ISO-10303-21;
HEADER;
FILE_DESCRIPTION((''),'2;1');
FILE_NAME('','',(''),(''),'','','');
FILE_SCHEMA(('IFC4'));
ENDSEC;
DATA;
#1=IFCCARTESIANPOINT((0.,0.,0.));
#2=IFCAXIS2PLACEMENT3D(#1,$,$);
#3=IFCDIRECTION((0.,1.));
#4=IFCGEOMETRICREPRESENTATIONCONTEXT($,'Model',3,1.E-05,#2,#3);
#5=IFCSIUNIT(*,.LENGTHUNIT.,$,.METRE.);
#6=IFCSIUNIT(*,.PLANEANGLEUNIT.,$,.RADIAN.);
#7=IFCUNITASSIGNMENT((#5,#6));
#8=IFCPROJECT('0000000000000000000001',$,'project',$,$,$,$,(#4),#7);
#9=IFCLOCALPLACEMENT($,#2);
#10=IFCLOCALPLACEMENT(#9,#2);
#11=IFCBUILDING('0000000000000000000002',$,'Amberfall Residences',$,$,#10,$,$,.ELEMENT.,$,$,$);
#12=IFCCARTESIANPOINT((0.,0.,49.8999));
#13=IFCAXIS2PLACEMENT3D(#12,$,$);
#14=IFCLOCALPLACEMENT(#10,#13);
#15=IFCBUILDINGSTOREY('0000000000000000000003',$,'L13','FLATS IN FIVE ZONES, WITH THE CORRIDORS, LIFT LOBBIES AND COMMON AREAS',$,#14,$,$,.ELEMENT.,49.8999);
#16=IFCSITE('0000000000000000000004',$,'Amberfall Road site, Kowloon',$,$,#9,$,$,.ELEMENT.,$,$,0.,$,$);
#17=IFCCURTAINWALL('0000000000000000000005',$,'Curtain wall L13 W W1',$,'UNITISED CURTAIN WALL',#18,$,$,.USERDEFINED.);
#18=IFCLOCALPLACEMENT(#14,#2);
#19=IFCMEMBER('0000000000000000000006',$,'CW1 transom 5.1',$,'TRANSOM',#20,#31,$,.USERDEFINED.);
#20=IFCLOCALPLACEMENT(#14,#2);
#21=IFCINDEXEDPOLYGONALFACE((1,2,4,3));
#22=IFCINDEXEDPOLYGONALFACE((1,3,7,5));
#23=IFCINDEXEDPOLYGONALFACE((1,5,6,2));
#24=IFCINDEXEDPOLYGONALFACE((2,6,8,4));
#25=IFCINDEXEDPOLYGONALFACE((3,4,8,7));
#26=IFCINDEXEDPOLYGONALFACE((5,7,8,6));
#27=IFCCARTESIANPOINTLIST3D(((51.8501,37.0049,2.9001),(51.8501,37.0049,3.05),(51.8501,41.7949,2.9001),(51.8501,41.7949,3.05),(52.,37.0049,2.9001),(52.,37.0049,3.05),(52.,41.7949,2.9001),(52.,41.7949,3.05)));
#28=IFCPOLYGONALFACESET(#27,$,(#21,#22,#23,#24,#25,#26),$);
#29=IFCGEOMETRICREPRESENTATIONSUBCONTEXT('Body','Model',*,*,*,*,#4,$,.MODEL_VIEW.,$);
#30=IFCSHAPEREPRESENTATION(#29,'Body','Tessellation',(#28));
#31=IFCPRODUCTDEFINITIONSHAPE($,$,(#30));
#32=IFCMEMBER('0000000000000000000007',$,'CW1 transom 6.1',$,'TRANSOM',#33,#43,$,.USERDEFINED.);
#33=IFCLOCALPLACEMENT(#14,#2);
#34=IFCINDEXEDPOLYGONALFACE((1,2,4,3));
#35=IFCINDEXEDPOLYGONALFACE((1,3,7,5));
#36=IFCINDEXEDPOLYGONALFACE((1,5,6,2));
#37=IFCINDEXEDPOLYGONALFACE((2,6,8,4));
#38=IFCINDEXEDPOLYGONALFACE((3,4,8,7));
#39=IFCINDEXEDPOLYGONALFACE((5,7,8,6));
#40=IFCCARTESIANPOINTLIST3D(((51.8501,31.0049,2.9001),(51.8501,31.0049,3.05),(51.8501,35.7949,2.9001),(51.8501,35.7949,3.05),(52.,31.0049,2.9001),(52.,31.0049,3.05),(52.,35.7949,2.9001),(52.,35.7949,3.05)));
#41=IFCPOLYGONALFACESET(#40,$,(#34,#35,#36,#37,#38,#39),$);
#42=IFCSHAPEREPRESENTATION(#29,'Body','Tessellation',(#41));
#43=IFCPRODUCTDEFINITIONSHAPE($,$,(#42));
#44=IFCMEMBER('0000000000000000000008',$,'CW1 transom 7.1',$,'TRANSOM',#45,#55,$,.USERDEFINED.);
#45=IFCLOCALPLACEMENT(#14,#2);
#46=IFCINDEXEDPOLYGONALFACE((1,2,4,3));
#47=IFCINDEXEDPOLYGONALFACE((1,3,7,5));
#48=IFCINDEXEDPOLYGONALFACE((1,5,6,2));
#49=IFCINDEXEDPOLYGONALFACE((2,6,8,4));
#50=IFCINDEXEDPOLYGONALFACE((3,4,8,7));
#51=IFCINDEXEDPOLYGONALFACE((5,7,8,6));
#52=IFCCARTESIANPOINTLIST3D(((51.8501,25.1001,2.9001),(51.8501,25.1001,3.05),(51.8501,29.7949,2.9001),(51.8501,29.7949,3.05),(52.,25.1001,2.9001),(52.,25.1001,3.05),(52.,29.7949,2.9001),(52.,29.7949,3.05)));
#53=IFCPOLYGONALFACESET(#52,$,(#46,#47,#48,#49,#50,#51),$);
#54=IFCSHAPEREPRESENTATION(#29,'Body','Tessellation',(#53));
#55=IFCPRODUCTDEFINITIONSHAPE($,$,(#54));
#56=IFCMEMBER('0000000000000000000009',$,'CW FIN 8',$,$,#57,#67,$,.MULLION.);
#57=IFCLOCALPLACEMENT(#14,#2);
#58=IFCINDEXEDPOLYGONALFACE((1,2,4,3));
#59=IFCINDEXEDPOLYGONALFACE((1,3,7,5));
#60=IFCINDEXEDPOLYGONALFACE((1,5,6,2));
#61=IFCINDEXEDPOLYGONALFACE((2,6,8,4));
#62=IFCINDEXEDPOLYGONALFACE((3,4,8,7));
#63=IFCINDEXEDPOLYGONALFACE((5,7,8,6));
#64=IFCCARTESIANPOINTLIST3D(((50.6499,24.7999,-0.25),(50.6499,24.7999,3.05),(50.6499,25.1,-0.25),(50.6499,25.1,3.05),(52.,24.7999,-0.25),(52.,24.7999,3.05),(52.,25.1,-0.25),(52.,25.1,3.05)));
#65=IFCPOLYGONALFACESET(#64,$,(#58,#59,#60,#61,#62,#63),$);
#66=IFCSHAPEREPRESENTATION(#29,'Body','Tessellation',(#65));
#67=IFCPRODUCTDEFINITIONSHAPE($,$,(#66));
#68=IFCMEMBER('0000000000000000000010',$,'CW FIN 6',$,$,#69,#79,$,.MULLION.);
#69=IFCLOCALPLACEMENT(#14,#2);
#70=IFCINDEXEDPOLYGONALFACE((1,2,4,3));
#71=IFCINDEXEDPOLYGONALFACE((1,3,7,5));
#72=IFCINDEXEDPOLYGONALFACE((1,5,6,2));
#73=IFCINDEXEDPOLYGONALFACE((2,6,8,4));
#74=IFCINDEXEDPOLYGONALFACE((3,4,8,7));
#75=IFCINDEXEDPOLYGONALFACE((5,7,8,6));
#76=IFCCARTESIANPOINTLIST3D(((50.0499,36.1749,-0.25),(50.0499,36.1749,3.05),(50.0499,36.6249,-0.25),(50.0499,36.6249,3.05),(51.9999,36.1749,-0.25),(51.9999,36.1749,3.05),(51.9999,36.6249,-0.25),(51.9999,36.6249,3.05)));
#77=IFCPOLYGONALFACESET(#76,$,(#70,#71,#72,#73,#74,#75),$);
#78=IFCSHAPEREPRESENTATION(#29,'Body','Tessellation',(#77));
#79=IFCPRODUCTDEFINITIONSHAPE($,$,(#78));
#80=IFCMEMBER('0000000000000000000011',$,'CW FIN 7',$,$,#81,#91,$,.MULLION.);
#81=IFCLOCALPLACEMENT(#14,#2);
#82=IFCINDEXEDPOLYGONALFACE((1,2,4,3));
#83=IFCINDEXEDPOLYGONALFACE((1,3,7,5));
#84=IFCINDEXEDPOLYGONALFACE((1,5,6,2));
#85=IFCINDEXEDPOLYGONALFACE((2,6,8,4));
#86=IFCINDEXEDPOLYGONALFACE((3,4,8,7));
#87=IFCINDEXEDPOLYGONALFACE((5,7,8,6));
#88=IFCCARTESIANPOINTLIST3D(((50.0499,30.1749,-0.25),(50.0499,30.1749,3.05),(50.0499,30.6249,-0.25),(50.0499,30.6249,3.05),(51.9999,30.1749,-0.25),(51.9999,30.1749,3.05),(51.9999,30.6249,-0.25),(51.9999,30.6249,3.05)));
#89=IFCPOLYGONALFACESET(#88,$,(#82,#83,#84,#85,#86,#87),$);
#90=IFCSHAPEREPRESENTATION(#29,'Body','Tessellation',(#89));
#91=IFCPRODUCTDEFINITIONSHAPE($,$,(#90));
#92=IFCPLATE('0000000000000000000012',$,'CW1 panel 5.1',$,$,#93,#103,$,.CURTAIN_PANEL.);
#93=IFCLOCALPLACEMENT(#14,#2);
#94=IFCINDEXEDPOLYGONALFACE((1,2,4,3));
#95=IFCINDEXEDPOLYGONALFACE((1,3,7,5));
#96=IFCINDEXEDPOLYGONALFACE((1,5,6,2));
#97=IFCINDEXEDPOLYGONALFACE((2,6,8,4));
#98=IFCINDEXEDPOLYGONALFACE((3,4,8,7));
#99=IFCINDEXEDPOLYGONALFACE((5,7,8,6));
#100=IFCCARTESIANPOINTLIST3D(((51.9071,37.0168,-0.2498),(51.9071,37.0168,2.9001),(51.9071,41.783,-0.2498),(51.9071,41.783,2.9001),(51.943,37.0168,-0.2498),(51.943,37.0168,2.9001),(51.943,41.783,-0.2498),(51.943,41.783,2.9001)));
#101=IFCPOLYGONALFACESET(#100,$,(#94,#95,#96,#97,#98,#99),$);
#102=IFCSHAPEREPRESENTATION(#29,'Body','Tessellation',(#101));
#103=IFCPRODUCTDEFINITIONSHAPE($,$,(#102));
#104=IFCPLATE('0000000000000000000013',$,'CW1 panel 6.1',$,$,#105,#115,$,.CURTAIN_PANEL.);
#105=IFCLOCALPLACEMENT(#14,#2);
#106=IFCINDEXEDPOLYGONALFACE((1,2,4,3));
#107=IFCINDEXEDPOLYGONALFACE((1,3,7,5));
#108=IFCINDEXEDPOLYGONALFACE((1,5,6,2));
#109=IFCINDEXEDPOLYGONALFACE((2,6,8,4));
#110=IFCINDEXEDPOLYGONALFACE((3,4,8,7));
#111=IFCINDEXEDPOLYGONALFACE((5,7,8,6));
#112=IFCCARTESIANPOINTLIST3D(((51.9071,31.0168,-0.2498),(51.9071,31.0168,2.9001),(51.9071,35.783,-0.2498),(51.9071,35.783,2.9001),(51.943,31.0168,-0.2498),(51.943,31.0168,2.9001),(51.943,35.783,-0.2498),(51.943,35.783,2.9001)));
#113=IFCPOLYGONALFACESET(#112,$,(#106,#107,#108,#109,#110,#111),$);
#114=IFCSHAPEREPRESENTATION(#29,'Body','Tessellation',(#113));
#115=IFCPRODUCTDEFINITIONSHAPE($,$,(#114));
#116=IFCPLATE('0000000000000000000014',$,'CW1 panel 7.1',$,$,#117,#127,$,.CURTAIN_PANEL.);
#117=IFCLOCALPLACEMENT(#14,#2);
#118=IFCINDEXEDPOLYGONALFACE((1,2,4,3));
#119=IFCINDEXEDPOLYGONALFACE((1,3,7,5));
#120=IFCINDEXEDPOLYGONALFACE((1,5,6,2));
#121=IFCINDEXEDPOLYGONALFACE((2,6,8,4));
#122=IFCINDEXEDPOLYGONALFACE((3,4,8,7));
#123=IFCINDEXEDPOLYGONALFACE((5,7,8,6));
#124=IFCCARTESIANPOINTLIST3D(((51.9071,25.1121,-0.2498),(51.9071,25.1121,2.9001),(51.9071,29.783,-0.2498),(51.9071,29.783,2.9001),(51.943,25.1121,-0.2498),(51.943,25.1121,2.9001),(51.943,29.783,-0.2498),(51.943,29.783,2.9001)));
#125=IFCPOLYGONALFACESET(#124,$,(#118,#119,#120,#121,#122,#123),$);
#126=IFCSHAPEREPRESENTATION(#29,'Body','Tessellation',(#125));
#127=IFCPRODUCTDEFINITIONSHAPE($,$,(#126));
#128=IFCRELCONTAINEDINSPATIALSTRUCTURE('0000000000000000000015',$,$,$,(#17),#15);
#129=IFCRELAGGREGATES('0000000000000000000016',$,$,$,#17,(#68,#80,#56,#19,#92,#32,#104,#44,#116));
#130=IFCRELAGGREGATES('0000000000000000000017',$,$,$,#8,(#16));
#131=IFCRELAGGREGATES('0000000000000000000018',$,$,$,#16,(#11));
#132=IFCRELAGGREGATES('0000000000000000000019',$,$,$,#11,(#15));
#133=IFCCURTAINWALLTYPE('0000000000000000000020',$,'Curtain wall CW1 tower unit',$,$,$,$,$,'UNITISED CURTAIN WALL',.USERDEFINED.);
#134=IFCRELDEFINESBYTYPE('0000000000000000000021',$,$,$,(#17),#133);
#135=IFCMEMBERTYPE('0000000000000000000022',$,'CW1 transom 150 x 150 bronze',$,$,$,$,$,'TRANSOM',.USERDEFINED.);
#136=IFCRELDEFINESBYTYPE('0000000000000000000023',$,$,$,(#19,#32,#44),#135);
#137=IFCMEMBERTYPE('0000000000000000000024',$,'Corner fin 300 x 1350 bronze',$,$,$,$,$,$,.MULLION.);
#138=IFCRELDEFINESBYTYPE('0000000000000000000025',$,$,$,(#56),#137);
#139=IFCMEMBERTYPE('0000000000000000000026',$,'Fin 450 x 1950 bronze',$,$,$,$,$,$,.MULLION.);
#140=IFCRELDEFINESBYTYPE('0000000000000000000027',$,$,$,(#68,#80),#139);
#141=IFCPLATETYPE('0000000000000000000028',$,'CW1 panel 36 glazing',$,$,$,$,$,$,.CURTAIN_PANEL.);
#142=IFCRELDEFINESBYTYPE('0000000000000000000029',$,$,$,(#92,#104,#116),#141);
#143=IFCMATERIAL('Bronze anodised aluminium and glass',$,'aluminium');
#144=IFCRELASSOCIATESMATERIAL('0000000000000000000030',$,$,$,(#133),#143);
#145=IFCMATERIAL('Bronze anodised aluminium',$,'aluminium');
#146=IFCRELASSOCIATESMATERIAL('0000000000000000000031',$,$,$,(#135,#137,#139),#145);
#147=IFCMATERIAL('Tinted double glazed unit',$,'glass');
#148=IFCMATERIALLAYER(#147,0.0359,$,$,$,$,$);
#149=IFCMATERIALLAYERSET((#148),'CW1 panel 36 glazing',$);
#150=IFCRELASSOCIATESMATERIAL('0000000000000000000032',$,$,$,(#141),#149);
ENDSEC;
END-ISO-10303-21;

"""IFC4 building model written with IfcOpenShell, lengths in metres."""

from ifc_helpers import new_model, si_unit, direction, frame, origin, origin_2d, place, context, subcontext, project, spatial, rectangle, extrude, material, layer, layer_set, material_profile, profile_set, type_object, element, aggregate, save


model = new_model("IFC4")

# Units and contexts
model_context = context("Model", 3, precision=1e-05, world=origin(), true_north=direction((0.0, 1.0)))
body_context = subcontext(model_context, "Body", "Model", "MODEL_VIEW")
ifc_project = project(units=[si_unit("LENGTHUNIT", "METRE"), si_unit("PLANEANGLEUNIT", "RADIAN")], contexts=[model_context])

# Site, building, storey
site_placement = place(None, origin())
site = spatial("IfcSite", under=ifc_project, at=site_placement, Name="Amberfall Road site, Kowloon", CompositionType="ELEMENT", RefElevation=0.0)
building_placement = place(site_placement, origin())
building = spatial("IfcBuilding", under=site, at=building_placement, Name="Amberfall Residences", CompositionType="ELEMENT")
storey_placement = place(building_placement, frame((0.0, 0.0, 49.8999)))
storey = spatial("IfcBuildingStorey", under=building, at=storey_placement, Name="L13", Description="FLATS IN FIVE ZONES, WITH THE CORRIDORS, LIFT LOBBIES AND COMMON AREAS", CompositionType="ELEMENT", Elevation=49.8999)

# Curtain wall, members, plates
ifc_material_1 = material(Name="Bronze anodised aluminium and glass", Category="aluminium")
curtain_wall_type = type_object("IfcCurtainWallType", Name="Curtain wall CW1 tower unit", ElementType="UNITISED CURTAIN WALL", PredefinedType="USERDEFINED", material=ifc_material_1)
curtain_wall_placement = place(storey_placement, origin())
curtain_wall = element("IfcCurtainWall", 1, at=curtain_wall_placement, inside=storey, type_object=curtain_wall_type, Name="Curtain wall L13 W W1", ObjectType="UNITISED CURTAIN WALL", PredefinedType="USERDEFINED")
ifc_material_2 = material(Name="Bronze anodised aluminium", Category="aluminium")
ifc_material_profile_1 = material_profile(ifc_material_2, rectangle(XDim=0.1499, YDim=0.1499, at=origin_2d()), Name="CW1 transom 150 x 150 bronze")
ifc_profile_set_1 = profile_set([ifc_material_profile_1], Name="Bronze anodised aluminium")
member_type_1 = type_object("IfcMemberType", Name="CW1 transom 150 x 150 bronze", ElementType="TRANSOM", PredefinedType="USERDEFINED", material=ifc_profile_set_1)
member_1_placement = place(storey_placement, frame((51.925, 41.7949, 2.9751), z_axis=(0.0, -1.0, 0.0), x_axis=(1.0, 0.0, 0.0)))
member_1 = element("IfcMember", 2, at=member_1_placement, type_object=member_type_1, Name="CW1 transom 5.1", ObjectType="TRANSOM", PredefinedType="USERDEFINED", context=body_context, shape_type="SweptSolid", body=[
    extrude(rectangle(XDim=0.1499, YDim=0.1499, at=origin_2d()), origin(), (0.0, 0.0, 1.0), 4.79),
])
member_2_placement = place(storey_placement, frame((51.925, 35.7949, 2.9751), z_axis=(0.0, -1.0, 0.0), x_axis=(1.0, 0.0, 0.0)))
member_2 = element("IfcMember", 3, at=member_2_placement, type_object=member_type_1, Name="CW1 transom 6.1", ObjectType="TRANSOM", PredefinedType="USERDEFINED", context=body_context, shape_type="SweptSolid", body=[
    extrude(rectangle(XDim=0.1499, YDim=0.1499, at=origin_2d()), origin(), (0.0, 0.0, 1.0), 4.79),
])
member_3_placement = place(storey_placement, frame((51.925, 29.7949, 2.9751), z_axis=(0.0, -1.0, 0.0), x_axis=(1.0, 0.0, 0.0)))
member_3 = element("IfcMember", 4, at=member_3_placement, type_object=member_type_1, Name="CW1 transom 7.1", ObjectType="TRANSOM", PredefinedType="USERDEFINED", context=body_context, shape_type="SweptSolid", body=[
    extrude(rectangle(XDim=0.1499, YDim=0.1499, at=origin_2d()), origin(), (0.0, 0.0, 1.0), 4.6948),
])
ifc_material_profile_2 = material_profile(ifc_material_2, rectangle(XDim=1.3501, YDim=0.3, at=origin_2d()), Name="Corner fin 300 x 1350 bronze")
ifc_profile_set_2 = profile_set([ifc_material_profile_2], Name="Bronze anodised aluminium")
member_type_2 = type_object("IfcMemberType", Name="Corner fin 300 x 1350 bronze", PredefinedType="MULLION", material=ifc_profile_set_2)
member_4_placement = place(storey_placement, frame((51.325, 24.95, -0.25), z_axis=(0.0, 0.0, 1.0), x_axis=(1.0, 0.0, 0.0)))
member_4 = element("IfcMember", 5, at=member_4_placement, type_object=member_type_2, Name="CW FIN 8", PredefinedType="MULLION", context=body_context, shape_type="SweptSolid", body=[
    extrude(rectangle(XDim=1.3501, YDim=0.3, at=origin_2d()), origin(), (0.0, 0.0, 1.0), 3.3),
])
ifc_material_profile_3 = material_profile(ifc_material_2, rectangle(XDim=1.95, YDim=0.45, at=origin_2d()), Name="Fin 450 x 1950 bronze")
ifc_profile_set_3 = profile_set([ifc_material_profile_3], Name="Bronze anodised aluminium")
member_type_3 = type_object("IfcMemberType", Name="Fin 450 x 1950 bronze", PredefinedType="MULLION", material=ifc_profile_set_3)
member_5_placement = place(storey_placement, frame((51.0249, 36.3999, -0.25), z_axis=(0.0, 0.0, 1.0), x_axis=(1.0, 0.0, 0.0)))
member_5 = element("IfcMember", 6, at=member_5_placement, type_object=member_type_3, Name="CW FIN 6", PredefinedType="MULLION", context=body_context, shape_type="SweptSolid", body=[
    extrude(rectangle(XDim=1.95, YDim=0.45, at=origin_2d()), origin(), (0.0, 0.0, 1.0), 3.3),
])
member_6_placement = place(storey_placement, frame((51.0249, 30.3999, -0.25), z_axis=(0.0, 0.0, 1.0), x_axis=(1.0, 0.0, 0.0)))
member_6 = element("IfcMember", 7, at=member_6_placement, type_object=member_type_3, Name="CW FIN 7", PredefinedType="MULLION", context=body_context, shape_type="SweptSolid", body=[
    extrude(rectangle(XDim=1.95, YDim=0.45, at=origin_2d()), origin(), (0.0, 0.0, 1.0), 3.3),
])
ifc_material_3 = material(Name="Tinted double glazed unit", Category="glass")
ifc_layer_1 = layer(ifc_material_3, 0.0359)
ifc_layer_set_1 = layer_set([ifc_layer_1], Name="CW1 panel 36 glazing")
plate_type = type_object("IfcPlateType", Name="CW1 panel 36 glazing", PredefinedType="CURTAIN_PANEL", material=ifc_layer_set_1)
plate_1_placement = place(storey_placement, frame((51.925, 39.3999, -0.2498), z_axis=(0.0, 0.0, 1.0), x_axis=(0.0, -1.0, 0.0)))
plate_1 = element("IfcPlate", 8, at=plate_1_placement, type_object=plate_type, Name="CW1 panel 5.1", PredefinedType="CURTAIN_PANEL", context=body_context, shape_type="SweptSolid", body=[
    extrude(rectangle(XDim=4.7661, YDim=0.0359, at=origin_2d()), origin(), (0.0, 0.0, 1.0), 3.1499),
])
plate_2_placement = place(storey_placement, frame((51.925, 33.3999, -0.2498), z_axis=(0.0, 0.0, 1.0), x_axis=(0.0, -1.0, 0.0)))
plate_2 = element("IfcPlate", 9, at=plate_2_placement, type_object=plate_type, Name="CW1 panel 6.1", PredefinedType="CURTAIN_PANEL", context=body_context, shape_type="SweptSolid", body=[
    extrude(rectangle(XDim=4.7661, YDim=0.0359, at=origin_2d()), origin(), (0.0, 0.0, 1.0), 3.1499),
])
plate_3_placement = place(storey_placement, frame((51.925, 27.4475, -0.2498), z_axis=(0.0, 0.0, 1.0), x_axis=(0.0, -1.0, 0.0)))
plate_3 = element("IfcPlate", 10, at=plate_3_placement, type_object=plate_type, Name="CW1 panel 7.1", PredefinedType="CURTAIN_PANEL", context=body_context, shape_type="SweptSolid", body=[
    extrude(rectangle(XDim=4.6709, YDim=0.0359, at=origin_2d()), origin(), (0.0, 0.0, 1.0), 3.1499),
])
aggregate(curtain_wall, [member_5, member_6, member_4, member_1, plate_1, member_2, plate_2, member_3, plate_3])

save(model, "model.ifc")
